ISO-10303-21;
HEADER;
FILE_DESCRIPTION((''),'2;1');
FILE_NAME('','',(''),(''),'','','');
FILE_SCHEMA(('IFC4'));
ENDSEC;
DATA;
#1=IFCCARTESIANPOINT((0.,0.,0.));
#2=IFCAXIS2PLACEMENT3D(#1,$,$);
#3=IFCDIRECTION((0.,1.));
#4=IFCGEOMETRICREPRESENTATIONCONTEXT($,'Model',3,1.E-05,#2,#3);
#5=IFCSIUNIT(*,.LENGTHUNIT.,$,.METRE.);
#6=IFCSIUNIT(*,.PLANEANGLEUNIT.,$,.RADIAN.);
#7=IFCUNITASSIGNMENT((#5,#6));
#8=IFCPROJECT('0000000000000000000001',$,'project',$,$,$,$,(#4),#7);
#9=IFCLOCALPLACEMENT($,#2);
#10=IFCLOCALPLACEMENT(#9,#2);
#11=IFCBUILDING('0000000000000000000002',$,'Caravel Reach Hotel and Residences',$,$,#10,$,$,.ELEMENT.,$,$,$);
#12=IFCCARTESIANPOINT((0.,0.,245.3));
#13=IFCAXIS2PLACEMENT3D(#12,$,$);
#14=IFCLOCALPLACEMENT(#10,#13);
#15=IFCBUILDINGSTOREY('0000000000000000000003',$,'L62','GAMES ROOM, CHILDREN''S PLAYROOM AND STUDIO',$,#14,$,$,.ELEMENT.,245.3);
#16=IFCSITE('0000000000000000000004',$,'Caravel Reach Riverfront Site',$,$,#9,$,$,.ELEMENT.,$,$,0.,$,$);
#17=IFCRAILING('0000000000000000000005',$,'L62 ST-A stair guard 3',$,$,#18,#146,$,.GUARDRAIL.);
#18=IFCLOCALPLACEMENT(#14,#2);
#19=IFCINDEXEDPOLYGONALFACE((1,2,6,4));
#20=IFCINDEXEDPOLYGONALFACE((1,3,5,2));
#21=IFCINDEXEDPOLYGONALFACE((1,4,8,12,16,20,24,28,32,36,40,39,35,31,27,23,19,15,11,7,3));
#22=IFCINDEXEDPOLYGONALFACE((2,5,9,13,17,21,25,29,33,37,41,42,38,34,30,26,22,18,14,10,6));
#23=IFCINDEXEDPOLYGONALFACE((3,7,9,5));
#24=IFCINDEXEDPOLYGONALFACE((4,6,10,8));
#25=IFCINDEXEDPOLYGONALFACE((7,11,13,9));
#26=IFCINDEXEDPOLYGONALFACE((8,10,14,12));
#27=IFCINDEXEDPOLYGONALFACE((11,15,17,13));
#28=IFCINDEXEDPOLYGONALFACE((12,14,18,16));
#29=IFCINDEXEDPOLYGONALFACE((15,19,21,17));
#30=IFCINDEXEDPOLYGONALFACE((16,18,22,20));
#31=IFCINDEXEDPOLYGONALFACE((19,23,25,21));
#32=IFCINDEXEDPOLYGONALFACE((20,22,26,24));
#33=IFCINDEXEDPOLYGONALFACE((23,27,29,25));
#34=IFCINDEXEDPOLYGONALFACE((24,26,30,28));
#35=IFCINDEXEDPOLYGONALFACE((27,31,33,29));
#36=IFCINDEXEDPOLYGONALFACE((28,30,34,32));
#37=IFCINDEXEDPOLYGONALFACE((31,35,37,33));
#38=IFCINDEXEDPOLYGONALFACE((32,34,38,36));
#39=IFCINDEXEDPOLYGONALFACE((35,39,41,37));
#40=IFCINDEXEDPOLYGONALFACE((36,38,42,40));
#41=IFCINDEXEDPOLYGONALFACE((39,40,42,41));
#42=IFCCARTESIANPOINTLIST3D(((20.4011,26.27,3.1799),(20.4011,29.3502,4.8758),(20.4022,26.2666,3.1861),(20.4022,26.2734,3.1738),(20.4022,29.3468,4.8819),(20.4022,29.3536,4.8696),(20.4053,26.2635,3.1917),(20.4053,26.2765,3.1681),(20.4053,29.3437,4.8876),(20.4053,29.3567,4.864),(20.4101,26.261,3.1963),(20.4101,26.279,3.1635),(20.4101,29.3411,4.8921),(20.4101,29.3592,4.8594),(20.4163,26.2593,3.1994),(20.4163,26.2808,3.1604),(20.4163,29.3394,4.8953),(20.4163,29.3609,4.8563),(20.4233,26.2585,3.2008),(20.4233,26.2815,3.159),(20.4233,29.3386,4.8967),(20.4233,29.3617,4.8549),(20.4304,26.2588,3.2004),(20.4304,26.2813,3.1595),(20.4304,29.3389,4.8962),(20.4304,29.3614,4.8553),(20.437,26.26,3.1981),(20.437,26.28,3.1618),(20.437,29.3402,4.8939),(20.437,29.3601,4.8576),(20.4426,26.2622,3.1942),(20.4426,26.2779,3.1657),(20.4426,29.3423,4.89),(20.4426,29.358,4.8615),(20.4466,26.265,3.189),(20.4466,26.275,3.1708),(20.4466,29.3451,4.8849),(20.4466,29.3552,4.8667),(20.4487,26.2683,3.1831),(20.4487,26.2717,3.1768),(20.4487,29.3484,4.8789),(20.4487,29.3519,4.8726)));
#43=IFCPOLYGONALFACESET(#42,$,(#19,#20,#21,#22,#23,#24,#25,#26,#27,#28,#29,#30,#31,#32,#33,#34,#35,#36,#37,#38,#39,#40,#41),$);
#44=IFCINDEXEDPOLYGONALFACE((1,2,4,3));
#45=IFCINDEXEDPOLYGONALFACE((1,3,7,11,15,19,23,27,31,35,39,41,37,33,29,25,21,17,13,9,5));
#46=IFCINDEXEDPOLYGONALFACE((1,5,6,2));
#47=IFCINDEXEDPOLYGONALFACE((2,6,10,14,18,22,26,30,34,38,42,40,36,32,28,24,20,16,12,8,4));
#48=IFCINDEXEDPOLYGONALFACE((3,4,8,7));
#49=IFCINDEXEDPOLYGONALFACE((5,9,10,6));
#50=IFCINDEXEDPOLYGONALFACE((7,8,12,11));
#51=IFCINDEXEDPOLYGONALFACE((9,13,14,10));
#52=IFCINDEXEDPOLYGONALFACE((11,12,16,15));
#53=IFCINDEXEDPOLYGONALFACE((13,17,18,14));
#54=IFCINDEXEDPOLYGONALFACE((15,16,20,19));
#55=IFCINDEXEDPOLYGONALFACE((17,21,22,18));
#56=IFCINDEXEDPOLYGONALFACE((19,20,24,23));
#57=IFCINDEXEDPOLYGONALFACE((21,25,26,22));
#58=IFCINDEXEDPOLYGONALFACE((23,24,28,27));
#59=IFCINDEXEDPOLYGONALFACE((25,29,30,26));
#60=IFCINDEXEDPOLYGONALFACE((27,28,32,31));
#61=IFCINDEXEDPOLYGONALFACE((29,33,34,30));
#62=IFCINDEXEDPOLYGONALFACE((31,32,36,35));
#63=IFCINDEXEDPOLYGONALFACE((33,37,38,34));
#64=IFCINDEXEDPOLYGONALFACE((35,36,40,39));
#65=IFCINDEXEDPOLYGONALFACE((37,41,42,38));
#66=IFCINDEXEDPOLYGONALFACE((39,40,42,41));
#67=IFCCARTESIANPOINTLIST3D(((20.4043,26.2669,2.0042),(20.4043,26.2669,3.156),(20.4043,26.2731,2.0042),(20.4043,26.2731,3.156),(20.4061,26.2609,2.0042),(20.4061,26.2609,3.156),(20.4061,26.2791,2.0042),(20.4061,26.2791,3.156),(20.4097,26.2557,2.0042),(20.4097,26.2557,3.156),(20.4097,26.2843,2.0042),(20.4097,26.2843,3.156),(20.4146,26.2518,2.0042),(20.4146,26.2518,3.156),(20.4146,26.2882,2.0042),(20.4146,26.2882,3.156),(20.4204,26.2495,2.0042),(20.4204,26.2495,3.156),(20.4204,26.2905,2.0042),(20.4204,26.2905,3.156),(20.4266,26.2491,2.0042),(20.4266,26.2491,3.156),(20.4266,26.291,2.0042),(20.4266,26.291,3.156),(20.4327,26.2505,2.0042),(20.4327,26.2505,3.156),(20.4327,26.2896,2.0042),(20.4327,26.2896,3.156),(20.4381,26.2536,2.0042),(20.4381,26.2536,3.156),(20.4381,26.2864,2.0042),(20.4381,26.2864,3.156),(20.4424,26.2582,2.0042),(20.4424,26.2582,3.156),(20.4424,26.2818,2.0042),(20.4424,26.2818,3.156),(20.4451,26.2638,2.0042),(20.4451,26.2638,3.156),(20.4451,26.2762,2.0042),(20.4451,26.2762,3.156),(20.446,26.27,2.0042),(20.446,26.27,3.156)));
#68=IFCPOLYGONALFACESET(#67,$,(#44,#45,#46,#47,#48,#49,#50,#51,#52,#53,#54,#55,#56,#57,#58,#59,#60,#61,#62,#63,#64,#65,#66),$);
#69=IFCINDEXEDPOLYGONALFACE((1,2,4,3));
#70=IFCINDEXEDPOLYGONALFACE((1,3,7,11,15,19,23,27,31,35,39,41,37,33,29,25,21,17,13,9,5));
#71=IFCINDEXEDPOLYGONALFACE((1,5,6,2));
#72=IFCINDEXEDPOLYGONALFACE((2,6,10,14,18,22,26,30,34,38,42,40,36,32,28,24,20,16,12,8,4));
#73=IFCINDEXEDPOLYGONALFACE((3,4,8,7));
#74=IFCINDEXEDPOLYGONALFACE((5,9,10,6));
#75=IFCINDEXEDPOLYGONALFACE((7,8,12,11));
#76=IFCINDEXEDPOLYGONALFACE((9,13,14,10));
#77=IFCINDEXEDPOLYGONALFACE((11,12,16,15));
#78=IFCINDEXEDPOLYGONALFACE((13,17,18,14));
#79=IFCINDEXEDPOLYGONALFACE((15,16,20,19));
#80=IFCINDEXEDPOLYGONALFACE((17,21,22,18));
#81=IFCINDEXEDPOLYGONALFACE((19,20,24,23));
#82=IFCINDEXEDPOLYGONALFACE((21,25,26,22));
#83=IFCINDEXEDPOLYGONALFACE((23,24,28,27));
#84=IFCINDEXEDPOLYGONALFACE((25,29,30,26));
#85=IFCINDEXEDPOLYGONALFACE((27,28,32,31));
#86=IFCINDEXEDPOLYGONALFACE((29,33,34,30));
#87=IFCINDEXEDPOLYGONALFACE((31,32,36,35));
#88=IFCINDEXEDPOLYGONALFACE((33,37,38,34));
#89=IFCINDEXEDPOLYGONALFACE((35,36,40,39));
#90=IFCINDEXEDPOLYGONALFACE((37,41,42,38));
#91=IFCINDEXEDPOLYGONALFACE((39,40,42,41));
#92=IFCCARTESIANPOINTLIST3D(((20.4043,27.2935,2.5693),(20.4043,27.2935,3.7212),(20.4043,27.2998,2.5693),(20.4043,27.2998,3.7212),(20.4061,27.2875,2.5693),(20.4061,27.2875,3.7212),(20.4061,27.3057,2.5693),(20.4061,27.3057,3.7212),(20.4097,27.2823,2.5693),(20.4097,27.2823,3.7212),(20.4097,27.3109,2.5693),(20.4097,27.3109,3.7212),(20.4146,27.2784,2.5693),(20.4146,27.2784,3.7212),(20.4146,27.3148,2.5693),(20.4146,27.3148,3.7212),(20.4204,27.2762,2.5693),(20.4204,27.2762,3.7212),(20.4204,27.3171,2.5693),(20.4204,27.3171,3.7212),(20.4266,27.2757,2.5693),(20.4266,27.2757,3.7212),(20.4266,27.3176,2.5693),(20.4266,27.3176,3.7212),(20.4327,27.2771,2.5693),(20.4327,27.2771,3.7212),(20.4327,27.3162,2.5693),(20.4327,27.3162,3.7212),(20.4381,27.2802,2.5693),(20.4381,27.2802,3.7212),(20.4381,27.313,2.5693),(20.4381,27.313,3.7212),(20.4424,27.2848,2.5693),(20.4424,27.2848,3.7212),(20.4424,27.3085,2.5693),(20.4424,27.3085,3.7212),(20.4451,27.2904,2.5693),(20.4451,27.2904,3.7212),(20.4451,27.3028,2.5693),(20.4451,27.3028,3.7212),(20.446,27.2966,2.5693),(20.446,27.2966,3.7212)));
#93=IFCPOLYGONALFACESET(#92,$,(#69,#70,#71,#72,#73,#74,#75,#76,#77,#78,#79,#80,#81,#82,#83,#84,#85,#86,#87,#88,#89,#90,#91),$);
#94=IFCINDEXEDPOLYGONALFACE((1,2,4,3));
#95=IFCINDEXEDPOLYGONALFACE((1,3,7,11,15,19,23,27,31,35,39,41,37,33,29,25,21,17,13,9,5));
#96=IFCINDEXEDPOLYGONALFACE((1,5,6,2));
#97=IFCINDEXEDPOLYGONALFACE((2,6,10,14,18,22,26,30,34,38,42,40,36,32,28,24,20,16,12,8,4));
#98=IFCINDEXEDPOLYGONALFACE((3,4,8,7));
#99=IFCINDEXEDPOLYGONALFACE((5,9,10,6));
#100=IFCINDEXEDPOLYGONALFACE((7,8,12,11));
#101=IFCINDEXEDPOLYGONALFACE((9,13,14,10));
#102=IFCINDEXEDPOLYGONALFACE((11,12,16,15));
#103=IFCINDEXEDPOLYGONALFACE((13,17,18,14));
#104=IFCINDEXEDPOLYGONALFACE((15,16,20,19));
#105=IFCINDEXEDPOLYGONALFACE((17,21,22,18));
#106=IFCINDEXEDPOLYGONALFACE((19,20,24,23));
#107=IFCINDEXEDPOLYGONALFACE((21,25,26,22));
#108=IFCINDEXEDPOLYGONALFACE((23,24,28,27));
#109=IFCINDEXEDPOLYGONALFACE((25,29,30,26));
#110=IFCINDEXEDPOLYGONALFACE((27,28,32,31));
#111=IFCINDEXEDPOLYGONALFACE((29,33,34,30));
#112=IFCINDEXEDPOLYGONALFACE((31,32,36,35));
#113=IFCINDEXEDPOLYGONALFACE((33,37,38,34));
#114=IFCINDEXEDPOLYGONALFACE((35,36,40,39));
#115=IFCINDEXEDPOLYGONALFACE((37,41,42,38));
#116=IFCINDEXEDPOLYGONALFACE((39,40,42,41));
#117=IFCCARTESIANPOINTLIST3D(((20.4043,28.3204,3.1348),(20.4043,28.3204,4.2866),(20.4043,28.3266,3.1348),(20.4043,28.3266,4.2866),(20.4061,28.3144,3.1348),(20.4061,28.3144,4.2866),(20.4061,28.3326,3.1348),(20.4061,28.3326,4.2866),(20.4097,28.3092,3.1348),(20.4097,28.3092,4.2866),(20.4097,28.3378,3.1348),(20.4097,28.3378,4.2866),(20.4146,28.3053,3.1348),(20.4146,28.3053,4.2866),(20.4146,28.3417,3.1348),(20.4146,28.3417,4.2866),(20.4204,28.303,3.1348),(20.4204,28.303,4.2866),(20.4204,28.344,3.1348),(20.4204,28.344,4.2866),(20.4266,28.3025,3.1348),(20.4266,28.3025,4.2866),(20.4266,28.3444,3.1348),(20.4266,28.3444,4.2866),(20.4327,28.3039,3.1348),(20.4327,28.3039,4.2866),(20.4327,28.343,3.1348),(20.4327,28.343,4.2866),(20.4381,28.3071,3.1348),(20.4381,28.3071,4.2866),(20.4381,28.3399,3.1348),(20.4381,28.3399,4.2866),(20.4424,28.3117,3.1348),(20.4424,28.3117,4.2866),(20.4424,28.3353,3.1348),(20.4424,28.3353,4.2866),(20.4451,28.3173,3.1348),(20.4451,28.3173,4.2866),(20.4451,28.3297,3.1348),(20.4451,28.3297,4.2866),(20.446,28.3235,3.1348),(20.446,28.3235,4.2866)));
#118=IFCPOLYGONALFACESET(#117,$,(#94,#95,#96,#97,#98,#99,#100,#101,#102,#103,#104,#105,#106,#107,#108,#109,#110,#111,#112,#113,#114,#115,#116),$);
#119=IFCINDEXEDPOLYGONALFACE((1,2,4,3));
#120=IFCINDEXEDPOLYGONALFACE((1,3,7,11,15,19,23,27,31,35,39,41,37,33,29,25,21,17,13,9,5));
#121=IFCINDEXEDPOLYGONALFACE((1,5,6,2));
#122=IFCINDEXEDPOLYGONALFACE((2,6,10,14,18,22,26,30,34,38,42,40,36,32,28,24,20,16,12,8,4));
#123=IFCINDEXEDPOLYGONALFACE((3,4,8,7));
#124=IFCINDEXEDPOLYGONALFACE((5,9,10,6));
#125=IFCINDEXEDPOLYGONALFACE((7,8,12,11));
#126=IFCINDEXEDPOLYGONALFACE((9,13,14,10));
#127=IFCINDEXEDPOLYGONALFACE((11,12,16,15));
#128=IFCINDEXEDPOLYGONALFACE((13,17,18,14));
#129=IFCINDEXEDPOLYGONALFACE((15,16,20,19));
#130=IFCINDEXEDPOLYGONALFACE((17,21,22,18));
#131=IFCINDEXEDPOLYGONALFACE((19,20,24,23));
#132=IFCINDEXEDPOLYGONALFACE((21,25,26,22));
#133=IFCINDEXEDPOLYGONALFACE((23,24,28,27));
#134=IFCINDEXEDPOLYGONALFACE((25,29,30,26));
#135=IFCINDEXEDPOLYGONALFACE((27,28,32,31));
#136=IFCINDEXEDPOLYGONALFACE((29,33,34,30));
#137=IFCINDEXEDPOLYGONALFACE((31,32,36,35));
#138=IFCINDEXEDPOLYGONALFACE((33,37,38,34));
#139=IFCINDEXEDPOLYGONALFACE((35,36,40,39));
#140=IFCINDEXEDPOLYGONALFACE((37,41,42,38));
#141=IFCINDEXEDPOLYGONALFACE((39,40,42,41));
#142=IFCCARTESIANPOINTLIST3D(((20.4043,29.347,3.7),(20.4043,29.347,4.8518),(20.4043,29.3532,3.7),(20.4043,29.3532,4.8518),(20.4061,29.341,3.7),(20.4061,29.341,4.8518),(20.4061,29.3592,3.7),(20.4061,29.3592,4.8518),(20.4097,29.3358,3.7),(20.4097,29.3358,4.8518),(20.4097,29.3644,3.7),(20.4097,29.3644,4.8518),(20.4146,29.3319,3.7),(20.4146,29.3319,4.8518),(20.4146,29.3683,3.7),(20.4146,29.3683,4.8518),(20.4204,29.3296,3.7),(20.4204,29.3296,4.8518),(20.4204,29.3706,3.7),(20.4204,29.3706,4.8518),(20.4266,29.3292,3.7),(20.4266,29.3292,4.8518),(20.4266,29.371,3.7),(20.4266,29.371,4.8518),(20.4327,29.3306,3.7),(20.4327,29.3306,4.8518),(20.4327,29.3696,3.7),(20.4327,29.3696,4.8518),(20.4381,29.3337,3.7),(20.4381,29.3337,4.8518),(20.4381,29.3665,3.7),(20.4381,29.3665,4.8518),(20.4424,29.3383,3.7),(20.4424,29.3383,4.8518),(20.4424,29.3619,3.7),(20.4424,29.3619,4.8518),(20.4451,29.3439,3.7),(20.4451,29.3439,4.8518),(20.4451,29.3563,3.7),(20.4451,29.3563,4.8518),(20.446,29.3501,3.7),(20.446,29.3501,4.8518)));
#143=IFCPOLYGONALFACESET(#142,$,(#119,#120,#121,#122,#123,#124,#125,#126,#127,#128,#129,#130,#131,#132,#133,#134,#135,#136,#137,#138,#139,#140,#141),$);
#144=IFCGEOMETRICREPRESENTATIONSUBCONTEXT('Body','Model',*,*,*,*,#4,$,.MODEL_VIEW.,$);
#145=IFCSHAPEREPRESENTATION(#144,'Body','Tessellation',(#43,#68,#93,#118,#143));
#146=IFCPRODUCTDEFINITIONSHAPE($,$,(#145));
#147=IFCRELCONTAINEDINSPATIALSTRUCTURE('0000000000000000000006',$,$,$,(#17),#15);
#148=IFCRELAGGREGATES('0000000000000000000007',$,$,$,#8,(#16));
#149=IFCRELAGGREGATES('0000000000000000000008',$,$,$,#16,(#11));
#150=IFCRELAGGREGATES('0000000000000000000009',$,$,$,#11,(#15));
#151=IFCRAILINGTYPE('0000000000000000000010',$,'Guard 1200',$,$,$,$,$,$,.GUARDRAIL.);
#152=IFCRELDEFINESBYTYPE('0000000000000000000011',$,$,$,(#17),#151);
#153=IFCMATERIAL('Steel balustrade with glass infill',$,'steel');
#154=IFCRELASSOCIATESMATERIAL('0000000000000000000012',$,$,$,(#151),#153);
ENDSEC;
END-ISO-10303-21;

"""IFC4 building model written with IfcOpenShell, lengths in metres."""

from ifc_helpers import new_model, si_unit, direction, frame, origin, origin_2d, place, context, subcontext, project, spatial, circle, extrude, material, type_object, element, save


model = new_model("IFC4")

# Units and contexts
model_context = context("Model", 3, precision=1e-05, world=origin(), true_north=direction((0.0, 1.0)))
body_context = subcontext(model_context, "Body", "Model", "MODEL_VIEW")
ifc_project = project(units=[si_unit("LENGTHUNIT", "METRE"), si_unit("PLANEANGLEUNIT", "RADIAN")], contexts=[model_context])

# Site, building, storey
site_placement = place(None, origin())
site = spatial("IfcSite", under=ifc_project, at=site_placement, Name="Caravel Reach Riverfront Site", CompositionType="ELEMENT", RefElevation=0.0)
building_placement = place(site_placement, origin())
building = spatial("IfcBuilding", under=site, at=building_placement, Name="Caravel Reach Hotel and Residences", CompositionType="ELEMENT")
storey_placement = place(building_placement, frame((0.0, 0.0, 245.3)))
storey = spatial("IfcBuildingStorey", under=building, at=storey_placement, Name="L62", Description="GAMES ROOM, CHILDREN'S PLAYROOM AND STUDIO", CompositionType="ELEMENT", Elevation=245.3)

# Railing
ifc_material_1 = material(Name="Steel balustrade with glass infill", Category="steel")
railing_type_1 = type_object("IfcRailingType", Name="Guard 1200", PredefinedType="GUARDRAIL", material=ifc_material_1)
railing_1_placement = place(storey_placement, frame((20.425, 26.27, 2.0042)))
element("IfcRailing", 1, at=railing_1_placement, inside=storey, type_object=railing_type_1, Name="L62 ST-A stair guard 3", PredefinedType="GUARDRAIL", context=body_context, shape_type="SweptSolid", body=[
    extrude(circle(Radius=0.0239, at=origin_2d()), frame((0.0, 0.0, 1.1758), z_axis=(0.0, 0.876005, 0.482303), x_axis=(-1.0, 0.0, 0.0)), (0.0, 0.0, 1.0), 3.5161),
    extrude(circle(Radius=0.021, at=origin_2d()), origin(), (0.0, 0.0, 1.0), 1.1519),
    extrude(circle(Radius=0.021, at=origin_2d()), frame((0.0, 1.0266, 0.5652)), (0.0, 0.0, 1.0), 1.1519),
    extrude(circle(Radius=0.021, at=origin_2d()), frame((0.0, 2.0535, 1.1306)), (0.0, 0.0, 1.0), 1.1519),
    extrude(circle(Radius=0.021, at=origin_2d()), frame((0.0, 3.0801, 1.6958)), (0.0, 0.0, 1.0), 1.1519),
])

save(model, "model.ifc")
